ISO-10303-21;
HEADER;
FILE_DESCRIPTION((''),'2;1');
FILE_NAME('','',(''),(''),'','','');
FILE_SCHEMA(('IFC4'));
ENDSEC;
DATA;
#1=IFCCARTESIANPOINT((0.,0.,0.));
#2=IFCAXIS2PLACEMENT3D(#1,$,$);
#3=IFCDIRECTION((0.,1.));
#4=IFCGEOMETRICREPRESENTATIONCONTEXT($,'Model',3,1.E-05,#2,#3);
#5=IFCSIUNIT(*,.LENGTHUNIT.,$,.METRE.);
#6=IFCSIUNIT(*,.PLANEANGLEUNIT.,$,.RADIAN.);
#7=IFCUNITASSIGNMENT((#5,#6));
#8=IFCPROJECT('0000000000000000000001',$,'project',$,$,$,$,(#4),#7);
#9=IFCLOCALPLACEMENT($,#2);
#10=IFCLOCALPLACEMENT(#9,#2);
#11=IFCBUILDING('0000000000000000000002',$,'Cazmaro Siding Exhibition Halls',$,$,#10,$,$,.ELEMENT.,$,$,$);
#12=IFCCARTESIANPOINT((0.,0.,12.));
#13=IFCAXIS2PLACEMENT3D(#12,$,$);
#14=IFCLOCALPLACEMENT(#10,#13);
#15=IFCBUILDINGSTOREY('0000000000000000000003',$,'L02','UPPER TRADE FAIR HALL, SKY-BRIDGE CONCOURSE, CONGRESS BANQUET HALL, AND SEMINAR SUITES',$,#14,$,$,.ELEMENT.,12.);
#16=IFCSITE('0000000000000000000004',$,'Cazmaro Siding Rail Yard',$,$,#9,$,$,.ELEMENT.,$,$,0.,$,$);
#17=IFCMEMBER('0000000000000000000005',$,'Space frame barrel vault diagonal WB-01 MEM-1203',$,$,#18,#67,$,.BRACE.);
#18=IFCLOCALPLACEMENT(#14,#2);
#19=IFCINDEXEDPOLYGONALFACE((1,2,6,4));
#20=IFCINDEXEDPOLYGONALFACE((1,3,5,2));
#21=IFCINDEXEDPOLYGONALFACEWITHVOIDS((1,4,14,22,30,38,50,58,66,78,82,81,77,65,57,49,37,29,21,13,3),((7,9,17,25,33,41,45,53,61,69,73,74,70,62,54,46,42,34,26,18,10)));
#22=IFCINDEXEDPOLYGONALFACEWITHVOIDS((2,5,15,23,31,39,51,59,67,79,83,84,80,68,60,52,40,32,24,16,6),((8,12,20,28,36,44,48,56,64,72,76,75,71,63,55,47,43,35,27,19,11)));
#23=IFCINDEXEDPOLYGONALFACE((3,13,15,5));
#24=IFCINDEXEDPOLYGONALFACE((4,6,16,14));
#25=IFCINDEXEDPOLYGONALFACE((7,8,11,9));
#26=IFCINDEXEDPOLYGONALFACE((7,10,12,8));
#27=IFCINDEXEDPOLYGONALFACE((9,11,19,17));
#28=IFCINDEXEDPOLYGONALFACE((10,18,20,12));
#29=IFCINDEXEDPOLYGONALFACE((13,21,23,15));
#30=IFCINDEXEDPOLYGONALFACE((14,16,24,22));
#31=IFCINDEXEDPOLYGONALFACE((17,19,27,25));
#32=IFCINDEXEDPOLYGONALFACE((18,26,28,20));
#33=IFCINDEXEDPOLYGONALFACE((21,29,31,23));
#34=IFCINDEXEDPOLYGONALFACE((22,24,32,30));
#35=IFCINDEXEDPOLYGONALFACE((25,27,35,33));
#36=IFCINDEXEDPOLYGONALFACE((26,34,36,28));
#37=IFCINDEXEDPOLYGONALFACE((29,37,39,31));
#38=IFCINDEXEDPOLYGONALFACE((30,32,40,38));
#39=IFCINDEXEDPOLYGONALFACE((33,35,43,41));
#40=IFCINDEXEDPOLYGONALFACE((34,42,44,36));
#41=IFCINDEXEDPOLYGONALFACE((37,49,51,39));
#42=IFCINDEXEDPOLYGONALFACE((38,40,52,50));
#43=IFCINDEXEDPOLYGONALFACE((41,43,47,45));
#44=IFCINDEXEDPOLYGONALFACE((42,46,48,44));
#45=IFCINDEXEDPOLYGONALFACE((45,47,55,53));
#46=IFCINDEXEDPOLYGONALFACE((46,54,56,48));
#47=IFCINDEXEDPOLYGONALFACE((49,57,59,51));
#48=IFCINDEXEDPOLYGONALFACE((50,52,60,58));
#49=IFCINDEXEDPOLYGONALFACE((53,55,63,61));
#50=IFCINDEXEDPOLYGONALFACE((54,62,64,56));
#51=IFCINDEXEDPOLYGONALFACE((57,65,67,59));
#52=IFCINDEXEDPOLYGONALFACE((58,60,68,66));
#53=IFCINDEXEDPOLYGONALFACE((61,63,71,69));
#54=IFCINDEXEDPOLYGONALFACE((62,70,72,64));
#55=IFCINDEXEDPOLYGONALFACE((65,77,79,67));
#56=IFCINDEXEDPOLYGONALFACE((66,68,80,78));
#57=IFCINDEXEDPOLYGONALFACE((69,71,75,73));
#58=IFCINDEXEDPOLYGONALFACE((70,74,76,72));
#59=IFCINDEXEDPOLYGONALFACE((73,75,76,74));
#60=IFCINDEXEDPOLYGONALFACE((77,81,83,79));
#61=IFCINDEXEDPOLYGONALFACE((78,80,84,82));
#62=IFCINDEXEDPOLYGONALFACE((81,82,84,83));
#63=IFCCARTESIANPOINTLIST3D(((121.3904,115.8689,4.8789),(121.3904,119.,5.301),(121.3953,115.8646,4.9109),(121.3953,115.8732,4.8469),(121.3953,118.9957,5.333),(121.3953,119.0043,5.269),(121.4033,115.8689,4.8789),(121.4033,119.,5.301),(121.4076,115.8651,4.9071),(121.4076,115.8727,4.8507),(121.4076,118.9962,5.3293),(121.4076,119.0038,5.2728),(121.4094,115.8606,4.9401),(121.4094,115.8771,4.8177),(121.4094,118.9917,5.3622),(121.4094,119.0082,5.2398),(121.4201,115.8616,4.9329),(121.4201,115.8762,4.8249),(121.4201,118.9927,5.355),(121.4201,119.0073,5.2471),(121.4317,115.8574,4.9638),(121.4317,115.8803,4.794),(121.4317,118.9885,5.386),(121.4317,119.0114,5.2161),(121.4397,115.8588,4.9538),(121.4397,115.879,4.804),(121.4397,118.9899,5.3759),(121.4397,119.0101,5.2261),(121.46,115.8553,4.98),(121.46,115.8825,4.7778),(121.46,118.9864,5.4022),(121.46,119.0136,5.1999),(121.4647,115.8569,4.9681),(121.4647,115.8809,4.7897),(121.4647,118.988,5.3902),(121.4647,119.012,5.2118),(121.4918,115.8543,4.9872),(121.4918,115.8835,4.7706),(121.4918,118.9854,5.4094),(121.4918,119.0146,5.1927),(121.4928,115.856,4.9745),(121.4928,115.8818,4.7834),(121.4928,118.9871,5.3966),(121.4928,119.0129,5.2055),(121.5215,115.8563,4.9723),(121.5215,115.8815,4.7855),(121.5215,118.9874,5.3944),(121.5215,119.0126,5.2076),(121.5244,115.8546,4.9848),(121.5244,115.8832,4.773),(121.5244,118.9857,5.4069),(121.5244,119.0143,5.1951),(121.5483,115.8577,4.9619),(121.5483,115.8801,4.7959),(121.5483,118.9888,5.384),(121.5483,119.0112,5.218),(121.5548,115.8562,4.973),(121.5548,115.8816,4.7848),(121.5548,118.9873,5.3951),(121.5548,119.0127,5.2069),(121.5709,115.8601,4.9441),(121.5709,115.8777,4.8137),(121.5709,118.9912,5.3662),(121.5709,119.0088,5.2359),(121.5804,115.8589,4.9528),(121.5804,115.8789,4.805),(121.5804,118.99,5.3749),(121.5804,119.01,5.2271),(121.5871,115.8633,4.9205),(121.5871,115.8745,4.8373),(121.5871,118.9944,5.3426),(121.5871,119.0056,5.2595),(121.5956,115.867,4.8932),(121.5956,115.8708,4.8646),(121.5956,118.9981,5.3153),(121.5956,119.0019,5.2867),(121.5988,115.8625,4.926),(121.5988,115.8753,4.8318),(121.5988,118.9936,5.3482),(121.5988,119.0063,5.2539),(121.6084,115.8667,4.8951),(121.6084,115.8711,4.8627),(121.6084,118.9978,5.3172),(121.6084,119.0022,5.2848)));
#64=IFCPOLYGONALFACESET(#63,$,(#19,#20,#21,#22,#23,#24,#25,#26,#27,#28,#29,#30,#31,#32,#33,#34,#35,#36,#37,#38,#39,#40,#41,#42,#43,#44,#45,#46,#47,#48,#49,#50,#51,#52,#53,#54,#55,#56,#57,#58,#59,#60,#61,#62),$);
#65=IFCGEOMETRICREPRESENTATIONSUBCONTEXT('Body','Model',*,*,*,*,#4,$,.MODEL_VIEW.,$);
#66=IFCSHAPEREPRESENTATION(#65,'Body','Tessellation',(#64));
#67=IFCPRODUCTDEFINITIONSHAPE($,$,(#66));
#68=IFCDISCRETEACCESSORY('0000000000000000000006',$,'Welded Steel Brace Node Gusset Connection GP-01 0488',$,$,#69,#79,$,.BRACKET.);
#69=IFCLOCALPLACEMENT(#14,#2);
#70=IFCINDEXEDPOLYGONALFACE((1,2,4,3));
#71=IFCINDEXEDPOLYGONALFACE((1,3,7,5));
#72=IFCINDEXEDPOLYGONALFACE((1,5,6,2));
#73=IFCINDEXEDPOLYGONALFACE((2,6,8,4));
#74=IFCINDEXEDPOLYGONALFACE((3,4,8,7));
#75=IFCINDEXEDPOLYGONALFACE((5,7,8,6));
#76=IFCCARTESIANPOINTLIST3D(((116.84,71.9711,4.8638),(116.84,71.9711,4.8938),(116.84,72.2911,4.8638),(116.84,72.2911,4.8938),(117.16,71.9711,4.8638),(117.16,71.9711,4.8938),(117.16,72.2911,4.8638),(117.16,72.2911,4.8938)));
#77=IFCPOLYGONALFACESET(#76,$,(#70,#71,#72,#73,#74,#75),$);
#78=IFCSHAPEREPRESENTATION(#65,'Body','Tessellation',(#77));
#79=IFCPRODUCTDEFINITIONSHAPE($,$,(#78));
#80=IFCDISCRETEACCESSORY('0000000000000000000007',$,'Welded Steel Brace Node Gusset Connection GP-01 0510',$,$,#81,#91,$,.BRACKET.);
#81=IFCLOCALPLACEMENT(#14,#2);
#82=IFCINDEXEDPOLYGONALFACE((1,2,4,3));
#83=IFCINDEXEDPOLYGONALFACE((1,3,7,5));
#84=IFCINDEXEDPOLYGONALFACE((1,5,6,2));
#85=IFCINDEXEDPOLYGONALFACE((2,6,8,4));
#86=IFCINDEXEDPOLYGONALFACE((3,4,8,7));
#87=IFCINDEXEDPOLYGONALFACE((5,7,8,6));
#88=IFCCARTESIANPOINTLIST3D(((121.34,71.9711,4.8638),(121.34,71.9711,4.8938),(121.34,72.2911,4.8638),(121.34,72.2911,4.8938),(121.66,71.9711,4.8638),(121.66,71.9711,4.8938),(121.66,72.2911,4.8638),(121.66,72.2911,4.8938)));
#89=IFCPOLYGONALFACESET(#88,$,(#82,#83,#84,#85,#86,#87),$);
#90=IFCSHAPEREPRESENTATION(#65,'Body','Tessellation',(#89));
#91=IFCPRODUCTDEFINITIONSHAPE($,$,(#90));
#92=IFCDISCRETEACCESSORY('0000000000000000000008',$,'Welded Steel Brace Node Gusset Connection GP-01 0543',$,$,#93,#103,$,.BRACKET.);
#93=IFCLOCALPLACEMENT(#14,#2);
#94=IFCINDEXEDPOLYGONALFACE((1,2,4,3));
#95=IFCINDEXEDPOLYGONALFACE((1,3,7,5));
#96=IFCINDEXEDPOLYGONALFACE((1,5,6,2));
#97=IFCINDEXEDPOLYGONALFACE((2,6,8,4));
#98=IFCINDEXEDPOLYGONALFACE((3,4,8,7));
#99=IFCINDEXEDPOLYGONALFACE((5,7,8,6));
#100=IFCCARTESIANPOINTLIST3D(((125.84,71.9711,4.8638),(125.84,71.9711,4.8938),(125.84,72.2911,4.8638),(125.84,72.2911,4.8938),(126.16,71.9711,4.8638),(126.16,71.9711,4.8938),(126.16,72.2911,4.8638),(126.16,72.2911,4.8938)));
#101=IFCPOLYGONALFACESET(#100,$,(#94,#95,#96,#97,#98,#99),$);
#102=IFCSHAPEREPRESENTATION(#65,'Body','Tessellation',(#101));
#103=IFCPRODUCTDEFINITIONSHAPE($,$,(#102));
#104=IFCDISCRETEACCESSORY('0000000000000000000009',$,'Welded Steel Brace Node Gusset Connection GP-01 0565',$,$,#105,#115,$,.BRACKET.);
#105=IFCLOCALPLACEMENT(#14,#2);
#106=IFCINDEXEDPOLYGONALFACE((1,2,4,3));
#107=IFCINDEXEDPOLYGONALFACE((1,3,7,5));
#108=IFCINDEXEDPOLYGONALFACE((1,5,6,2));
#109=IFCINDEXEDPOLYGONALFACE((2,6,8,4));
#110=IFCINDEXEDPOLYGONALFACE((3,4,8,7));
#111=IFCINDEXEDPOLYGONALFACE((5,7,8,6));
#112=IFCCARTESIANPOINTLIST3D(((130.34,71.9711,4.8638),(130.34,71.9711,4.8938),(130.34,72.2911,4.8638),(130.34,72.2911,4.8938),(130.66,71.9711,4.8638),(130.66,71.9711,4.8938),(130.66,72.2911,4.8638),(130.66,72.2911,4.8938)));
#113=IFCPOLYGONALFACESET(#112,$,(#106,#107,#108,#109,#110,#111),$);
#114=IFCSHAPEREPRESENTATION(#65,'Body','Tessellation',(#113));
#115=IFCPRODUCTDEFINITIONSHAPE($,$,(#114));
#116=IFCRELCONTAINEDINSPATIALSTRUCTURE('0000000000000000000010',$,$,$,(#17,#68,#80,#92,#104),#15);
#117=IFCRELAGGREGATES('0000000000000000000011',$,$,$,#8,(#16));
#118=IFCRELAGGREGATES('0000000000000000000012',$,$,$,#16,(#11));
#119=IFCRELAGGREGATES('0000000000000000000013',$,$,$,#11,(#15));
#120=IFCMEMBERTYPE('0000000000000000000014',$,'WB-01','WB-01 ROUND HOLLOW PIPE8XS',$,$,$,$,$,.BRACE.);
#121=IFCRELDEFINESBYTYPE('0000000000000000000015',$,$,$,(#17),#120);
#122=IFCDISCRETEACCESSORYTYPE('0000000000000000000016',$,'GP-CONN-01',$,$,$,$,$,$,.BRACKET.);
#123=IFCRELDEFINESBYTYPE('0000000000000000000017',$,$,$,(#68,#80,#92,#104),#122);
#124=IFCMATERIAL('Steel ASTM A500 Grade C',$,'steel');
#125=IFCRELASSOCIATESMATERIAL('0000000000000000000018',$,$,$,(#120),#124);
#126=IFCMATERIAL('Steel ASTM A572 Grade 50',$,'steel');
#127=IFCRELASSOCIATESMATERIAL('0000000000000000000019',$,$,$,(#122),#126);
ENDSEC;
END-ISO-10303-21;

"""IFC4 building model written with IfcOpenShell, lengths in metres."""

from ifc_helpers import new_model, si_unit, direction, frame, origin, origin_2d, place, context, subcontext, project, spatial, rectangle, hollow_circle, extrude, material, material_profile, profile_set, type_object, element, save


model = new_model("IFC4")

# Units and contexts
model_context = context("Model", 3, precision=1e-05, world=origin(), true_north=direction((0.0, 1.0)))
body_context = subcontext(model_context, "Body", "Model", "MODEL_VIEW")
ifc_project = project(units=[si_unit("LENGTHUNIT", "METRE"), si_unit("PLANEANGLEUNIT", "RADIAN")], contexts=[model_context])

# Site, building, storey
site_placement = place(None, origin())
site = spatial("IfcSite", under=ifc_project, at=site_placement, Name="Cazmaro Siding Rail Yard", CompositionType="ELEMENT", RefElevation=0.0)
building_placement = place(site_placement, origin())
building = spatial("IfcBuilding", under=site, at=building_placement, Name="Cazmaro Siding Exhibition Halls", CompositionType="ELEMENT")
storey_placement = place(building_placement, frame((0.0, 0.0, 12.0)))
storey = spatial("IfcBuildingStorey", under=building, at=storey_placement, Name="L02", Description="UPPER TRADE FAIR HALL, SKY-BRIDGE CONCOURSE, CONGRESS BANQUET HALL, AND SEMINAR SUITES", CompositionType="ELEMENT", Elevation=12.0)

# Member
ifc_material_1 = material(Name="Steel ASTM A500 Grade C", Category="steel")
ifc_material_profile_1 = material_profile(ifc_material_1, hollow_circle(Radius=0.1096, WallThickness=0.0129, at=origin_2d()), Name="PIPE8XS")
ifc_profile_set_1 = profile_set([ifc_material_profile_1], Name="Steel ASTM A500 Grade C")
member_type_1 = type_object("IfcMemberType", Name="WB-01", Description="WB-01 ROUND HOLLOW PIPE8XS", PredefinedType="BRACE", material=ifc_profile_set_1)
for number, where, z_axis, x_axis, name in (
    (1, (121.5, 115.8689, 4.8789), (0.0, 0.991035, 0.133606), (-1.0, 0.0, 0.0), "Space frame barrel vault diagonal WB-01 MEM-1203"),
):
    element("IfcMember", number, at=place(storey_placement, frame(where, z_axis=z_axis, x_axis=x_axis)), inside=storey, type_object=member_type_1, Name=name, PredefinedType="BRACE", context=body_context, shape_type="SweptSolid", body=[
        extrude(hollow_circle(Radius=0.1096, WallThickness=0.0129, at=origin_2d()), origin(), (0.0, 0.0, 1.0), 3.1594),
    ])

# Discrete accessories
ifc_material_2 = material(Name="Steel ASTM A572 Grade 50", Category="steel")
discrete_accessory_type = type_object("IfcDiscreteAccessoryType", Name="GP-CONN-01", PredefinedType="BRACKET", material=ifc_material_2)
for number, where, z_axis, x_axis, name in (
    (2, (117.0, 72.1311, 4.8638), (0.0, 0.0, 1.0), (1.0, 0.0, 0.0), "Welded Steel Brace Node Gusset Connection GP-01 0488"),
    (3, (121.5, 72.1311, 4.8638), (0.0, 0.0, 1.0), (1.0, 0.0, 0.0), "Welded Steel Brace Node Gusset Connection GP-01 0510"),
    (4, (126.0, 72.1311, 4.8638), (0.0, 0.0, 1.0), (1.0, 0.0, 0.0), "Welded Steel Brace Node Gusset Connection GP-01 0543"),
    (5, (130.5, 72.1311, 4.8638), (0.0, 0.0, 1.0), (1.0, 0.0, 0.0), "Welded Steel Brace Node Gusset Connection GP-01 0565"),
):
    element("IfcDiscreteAccessory", number, at=place(storey_placement, frame(where, z_axis=z_axis, x_axis=x_axis)), inside=storey, type_object=discrete_accessory_type, Name=name, PredefinedType="BRACKET", context=body_context, shape_type="SweptSolid", body=[
        extrude(rectangle(XDim=0.3201, YDim=0.3201, at=origin_2d()), origin(), (0.0, 0.0, 1.0), 0.03),
    ])

save(model, "model.ifc")
